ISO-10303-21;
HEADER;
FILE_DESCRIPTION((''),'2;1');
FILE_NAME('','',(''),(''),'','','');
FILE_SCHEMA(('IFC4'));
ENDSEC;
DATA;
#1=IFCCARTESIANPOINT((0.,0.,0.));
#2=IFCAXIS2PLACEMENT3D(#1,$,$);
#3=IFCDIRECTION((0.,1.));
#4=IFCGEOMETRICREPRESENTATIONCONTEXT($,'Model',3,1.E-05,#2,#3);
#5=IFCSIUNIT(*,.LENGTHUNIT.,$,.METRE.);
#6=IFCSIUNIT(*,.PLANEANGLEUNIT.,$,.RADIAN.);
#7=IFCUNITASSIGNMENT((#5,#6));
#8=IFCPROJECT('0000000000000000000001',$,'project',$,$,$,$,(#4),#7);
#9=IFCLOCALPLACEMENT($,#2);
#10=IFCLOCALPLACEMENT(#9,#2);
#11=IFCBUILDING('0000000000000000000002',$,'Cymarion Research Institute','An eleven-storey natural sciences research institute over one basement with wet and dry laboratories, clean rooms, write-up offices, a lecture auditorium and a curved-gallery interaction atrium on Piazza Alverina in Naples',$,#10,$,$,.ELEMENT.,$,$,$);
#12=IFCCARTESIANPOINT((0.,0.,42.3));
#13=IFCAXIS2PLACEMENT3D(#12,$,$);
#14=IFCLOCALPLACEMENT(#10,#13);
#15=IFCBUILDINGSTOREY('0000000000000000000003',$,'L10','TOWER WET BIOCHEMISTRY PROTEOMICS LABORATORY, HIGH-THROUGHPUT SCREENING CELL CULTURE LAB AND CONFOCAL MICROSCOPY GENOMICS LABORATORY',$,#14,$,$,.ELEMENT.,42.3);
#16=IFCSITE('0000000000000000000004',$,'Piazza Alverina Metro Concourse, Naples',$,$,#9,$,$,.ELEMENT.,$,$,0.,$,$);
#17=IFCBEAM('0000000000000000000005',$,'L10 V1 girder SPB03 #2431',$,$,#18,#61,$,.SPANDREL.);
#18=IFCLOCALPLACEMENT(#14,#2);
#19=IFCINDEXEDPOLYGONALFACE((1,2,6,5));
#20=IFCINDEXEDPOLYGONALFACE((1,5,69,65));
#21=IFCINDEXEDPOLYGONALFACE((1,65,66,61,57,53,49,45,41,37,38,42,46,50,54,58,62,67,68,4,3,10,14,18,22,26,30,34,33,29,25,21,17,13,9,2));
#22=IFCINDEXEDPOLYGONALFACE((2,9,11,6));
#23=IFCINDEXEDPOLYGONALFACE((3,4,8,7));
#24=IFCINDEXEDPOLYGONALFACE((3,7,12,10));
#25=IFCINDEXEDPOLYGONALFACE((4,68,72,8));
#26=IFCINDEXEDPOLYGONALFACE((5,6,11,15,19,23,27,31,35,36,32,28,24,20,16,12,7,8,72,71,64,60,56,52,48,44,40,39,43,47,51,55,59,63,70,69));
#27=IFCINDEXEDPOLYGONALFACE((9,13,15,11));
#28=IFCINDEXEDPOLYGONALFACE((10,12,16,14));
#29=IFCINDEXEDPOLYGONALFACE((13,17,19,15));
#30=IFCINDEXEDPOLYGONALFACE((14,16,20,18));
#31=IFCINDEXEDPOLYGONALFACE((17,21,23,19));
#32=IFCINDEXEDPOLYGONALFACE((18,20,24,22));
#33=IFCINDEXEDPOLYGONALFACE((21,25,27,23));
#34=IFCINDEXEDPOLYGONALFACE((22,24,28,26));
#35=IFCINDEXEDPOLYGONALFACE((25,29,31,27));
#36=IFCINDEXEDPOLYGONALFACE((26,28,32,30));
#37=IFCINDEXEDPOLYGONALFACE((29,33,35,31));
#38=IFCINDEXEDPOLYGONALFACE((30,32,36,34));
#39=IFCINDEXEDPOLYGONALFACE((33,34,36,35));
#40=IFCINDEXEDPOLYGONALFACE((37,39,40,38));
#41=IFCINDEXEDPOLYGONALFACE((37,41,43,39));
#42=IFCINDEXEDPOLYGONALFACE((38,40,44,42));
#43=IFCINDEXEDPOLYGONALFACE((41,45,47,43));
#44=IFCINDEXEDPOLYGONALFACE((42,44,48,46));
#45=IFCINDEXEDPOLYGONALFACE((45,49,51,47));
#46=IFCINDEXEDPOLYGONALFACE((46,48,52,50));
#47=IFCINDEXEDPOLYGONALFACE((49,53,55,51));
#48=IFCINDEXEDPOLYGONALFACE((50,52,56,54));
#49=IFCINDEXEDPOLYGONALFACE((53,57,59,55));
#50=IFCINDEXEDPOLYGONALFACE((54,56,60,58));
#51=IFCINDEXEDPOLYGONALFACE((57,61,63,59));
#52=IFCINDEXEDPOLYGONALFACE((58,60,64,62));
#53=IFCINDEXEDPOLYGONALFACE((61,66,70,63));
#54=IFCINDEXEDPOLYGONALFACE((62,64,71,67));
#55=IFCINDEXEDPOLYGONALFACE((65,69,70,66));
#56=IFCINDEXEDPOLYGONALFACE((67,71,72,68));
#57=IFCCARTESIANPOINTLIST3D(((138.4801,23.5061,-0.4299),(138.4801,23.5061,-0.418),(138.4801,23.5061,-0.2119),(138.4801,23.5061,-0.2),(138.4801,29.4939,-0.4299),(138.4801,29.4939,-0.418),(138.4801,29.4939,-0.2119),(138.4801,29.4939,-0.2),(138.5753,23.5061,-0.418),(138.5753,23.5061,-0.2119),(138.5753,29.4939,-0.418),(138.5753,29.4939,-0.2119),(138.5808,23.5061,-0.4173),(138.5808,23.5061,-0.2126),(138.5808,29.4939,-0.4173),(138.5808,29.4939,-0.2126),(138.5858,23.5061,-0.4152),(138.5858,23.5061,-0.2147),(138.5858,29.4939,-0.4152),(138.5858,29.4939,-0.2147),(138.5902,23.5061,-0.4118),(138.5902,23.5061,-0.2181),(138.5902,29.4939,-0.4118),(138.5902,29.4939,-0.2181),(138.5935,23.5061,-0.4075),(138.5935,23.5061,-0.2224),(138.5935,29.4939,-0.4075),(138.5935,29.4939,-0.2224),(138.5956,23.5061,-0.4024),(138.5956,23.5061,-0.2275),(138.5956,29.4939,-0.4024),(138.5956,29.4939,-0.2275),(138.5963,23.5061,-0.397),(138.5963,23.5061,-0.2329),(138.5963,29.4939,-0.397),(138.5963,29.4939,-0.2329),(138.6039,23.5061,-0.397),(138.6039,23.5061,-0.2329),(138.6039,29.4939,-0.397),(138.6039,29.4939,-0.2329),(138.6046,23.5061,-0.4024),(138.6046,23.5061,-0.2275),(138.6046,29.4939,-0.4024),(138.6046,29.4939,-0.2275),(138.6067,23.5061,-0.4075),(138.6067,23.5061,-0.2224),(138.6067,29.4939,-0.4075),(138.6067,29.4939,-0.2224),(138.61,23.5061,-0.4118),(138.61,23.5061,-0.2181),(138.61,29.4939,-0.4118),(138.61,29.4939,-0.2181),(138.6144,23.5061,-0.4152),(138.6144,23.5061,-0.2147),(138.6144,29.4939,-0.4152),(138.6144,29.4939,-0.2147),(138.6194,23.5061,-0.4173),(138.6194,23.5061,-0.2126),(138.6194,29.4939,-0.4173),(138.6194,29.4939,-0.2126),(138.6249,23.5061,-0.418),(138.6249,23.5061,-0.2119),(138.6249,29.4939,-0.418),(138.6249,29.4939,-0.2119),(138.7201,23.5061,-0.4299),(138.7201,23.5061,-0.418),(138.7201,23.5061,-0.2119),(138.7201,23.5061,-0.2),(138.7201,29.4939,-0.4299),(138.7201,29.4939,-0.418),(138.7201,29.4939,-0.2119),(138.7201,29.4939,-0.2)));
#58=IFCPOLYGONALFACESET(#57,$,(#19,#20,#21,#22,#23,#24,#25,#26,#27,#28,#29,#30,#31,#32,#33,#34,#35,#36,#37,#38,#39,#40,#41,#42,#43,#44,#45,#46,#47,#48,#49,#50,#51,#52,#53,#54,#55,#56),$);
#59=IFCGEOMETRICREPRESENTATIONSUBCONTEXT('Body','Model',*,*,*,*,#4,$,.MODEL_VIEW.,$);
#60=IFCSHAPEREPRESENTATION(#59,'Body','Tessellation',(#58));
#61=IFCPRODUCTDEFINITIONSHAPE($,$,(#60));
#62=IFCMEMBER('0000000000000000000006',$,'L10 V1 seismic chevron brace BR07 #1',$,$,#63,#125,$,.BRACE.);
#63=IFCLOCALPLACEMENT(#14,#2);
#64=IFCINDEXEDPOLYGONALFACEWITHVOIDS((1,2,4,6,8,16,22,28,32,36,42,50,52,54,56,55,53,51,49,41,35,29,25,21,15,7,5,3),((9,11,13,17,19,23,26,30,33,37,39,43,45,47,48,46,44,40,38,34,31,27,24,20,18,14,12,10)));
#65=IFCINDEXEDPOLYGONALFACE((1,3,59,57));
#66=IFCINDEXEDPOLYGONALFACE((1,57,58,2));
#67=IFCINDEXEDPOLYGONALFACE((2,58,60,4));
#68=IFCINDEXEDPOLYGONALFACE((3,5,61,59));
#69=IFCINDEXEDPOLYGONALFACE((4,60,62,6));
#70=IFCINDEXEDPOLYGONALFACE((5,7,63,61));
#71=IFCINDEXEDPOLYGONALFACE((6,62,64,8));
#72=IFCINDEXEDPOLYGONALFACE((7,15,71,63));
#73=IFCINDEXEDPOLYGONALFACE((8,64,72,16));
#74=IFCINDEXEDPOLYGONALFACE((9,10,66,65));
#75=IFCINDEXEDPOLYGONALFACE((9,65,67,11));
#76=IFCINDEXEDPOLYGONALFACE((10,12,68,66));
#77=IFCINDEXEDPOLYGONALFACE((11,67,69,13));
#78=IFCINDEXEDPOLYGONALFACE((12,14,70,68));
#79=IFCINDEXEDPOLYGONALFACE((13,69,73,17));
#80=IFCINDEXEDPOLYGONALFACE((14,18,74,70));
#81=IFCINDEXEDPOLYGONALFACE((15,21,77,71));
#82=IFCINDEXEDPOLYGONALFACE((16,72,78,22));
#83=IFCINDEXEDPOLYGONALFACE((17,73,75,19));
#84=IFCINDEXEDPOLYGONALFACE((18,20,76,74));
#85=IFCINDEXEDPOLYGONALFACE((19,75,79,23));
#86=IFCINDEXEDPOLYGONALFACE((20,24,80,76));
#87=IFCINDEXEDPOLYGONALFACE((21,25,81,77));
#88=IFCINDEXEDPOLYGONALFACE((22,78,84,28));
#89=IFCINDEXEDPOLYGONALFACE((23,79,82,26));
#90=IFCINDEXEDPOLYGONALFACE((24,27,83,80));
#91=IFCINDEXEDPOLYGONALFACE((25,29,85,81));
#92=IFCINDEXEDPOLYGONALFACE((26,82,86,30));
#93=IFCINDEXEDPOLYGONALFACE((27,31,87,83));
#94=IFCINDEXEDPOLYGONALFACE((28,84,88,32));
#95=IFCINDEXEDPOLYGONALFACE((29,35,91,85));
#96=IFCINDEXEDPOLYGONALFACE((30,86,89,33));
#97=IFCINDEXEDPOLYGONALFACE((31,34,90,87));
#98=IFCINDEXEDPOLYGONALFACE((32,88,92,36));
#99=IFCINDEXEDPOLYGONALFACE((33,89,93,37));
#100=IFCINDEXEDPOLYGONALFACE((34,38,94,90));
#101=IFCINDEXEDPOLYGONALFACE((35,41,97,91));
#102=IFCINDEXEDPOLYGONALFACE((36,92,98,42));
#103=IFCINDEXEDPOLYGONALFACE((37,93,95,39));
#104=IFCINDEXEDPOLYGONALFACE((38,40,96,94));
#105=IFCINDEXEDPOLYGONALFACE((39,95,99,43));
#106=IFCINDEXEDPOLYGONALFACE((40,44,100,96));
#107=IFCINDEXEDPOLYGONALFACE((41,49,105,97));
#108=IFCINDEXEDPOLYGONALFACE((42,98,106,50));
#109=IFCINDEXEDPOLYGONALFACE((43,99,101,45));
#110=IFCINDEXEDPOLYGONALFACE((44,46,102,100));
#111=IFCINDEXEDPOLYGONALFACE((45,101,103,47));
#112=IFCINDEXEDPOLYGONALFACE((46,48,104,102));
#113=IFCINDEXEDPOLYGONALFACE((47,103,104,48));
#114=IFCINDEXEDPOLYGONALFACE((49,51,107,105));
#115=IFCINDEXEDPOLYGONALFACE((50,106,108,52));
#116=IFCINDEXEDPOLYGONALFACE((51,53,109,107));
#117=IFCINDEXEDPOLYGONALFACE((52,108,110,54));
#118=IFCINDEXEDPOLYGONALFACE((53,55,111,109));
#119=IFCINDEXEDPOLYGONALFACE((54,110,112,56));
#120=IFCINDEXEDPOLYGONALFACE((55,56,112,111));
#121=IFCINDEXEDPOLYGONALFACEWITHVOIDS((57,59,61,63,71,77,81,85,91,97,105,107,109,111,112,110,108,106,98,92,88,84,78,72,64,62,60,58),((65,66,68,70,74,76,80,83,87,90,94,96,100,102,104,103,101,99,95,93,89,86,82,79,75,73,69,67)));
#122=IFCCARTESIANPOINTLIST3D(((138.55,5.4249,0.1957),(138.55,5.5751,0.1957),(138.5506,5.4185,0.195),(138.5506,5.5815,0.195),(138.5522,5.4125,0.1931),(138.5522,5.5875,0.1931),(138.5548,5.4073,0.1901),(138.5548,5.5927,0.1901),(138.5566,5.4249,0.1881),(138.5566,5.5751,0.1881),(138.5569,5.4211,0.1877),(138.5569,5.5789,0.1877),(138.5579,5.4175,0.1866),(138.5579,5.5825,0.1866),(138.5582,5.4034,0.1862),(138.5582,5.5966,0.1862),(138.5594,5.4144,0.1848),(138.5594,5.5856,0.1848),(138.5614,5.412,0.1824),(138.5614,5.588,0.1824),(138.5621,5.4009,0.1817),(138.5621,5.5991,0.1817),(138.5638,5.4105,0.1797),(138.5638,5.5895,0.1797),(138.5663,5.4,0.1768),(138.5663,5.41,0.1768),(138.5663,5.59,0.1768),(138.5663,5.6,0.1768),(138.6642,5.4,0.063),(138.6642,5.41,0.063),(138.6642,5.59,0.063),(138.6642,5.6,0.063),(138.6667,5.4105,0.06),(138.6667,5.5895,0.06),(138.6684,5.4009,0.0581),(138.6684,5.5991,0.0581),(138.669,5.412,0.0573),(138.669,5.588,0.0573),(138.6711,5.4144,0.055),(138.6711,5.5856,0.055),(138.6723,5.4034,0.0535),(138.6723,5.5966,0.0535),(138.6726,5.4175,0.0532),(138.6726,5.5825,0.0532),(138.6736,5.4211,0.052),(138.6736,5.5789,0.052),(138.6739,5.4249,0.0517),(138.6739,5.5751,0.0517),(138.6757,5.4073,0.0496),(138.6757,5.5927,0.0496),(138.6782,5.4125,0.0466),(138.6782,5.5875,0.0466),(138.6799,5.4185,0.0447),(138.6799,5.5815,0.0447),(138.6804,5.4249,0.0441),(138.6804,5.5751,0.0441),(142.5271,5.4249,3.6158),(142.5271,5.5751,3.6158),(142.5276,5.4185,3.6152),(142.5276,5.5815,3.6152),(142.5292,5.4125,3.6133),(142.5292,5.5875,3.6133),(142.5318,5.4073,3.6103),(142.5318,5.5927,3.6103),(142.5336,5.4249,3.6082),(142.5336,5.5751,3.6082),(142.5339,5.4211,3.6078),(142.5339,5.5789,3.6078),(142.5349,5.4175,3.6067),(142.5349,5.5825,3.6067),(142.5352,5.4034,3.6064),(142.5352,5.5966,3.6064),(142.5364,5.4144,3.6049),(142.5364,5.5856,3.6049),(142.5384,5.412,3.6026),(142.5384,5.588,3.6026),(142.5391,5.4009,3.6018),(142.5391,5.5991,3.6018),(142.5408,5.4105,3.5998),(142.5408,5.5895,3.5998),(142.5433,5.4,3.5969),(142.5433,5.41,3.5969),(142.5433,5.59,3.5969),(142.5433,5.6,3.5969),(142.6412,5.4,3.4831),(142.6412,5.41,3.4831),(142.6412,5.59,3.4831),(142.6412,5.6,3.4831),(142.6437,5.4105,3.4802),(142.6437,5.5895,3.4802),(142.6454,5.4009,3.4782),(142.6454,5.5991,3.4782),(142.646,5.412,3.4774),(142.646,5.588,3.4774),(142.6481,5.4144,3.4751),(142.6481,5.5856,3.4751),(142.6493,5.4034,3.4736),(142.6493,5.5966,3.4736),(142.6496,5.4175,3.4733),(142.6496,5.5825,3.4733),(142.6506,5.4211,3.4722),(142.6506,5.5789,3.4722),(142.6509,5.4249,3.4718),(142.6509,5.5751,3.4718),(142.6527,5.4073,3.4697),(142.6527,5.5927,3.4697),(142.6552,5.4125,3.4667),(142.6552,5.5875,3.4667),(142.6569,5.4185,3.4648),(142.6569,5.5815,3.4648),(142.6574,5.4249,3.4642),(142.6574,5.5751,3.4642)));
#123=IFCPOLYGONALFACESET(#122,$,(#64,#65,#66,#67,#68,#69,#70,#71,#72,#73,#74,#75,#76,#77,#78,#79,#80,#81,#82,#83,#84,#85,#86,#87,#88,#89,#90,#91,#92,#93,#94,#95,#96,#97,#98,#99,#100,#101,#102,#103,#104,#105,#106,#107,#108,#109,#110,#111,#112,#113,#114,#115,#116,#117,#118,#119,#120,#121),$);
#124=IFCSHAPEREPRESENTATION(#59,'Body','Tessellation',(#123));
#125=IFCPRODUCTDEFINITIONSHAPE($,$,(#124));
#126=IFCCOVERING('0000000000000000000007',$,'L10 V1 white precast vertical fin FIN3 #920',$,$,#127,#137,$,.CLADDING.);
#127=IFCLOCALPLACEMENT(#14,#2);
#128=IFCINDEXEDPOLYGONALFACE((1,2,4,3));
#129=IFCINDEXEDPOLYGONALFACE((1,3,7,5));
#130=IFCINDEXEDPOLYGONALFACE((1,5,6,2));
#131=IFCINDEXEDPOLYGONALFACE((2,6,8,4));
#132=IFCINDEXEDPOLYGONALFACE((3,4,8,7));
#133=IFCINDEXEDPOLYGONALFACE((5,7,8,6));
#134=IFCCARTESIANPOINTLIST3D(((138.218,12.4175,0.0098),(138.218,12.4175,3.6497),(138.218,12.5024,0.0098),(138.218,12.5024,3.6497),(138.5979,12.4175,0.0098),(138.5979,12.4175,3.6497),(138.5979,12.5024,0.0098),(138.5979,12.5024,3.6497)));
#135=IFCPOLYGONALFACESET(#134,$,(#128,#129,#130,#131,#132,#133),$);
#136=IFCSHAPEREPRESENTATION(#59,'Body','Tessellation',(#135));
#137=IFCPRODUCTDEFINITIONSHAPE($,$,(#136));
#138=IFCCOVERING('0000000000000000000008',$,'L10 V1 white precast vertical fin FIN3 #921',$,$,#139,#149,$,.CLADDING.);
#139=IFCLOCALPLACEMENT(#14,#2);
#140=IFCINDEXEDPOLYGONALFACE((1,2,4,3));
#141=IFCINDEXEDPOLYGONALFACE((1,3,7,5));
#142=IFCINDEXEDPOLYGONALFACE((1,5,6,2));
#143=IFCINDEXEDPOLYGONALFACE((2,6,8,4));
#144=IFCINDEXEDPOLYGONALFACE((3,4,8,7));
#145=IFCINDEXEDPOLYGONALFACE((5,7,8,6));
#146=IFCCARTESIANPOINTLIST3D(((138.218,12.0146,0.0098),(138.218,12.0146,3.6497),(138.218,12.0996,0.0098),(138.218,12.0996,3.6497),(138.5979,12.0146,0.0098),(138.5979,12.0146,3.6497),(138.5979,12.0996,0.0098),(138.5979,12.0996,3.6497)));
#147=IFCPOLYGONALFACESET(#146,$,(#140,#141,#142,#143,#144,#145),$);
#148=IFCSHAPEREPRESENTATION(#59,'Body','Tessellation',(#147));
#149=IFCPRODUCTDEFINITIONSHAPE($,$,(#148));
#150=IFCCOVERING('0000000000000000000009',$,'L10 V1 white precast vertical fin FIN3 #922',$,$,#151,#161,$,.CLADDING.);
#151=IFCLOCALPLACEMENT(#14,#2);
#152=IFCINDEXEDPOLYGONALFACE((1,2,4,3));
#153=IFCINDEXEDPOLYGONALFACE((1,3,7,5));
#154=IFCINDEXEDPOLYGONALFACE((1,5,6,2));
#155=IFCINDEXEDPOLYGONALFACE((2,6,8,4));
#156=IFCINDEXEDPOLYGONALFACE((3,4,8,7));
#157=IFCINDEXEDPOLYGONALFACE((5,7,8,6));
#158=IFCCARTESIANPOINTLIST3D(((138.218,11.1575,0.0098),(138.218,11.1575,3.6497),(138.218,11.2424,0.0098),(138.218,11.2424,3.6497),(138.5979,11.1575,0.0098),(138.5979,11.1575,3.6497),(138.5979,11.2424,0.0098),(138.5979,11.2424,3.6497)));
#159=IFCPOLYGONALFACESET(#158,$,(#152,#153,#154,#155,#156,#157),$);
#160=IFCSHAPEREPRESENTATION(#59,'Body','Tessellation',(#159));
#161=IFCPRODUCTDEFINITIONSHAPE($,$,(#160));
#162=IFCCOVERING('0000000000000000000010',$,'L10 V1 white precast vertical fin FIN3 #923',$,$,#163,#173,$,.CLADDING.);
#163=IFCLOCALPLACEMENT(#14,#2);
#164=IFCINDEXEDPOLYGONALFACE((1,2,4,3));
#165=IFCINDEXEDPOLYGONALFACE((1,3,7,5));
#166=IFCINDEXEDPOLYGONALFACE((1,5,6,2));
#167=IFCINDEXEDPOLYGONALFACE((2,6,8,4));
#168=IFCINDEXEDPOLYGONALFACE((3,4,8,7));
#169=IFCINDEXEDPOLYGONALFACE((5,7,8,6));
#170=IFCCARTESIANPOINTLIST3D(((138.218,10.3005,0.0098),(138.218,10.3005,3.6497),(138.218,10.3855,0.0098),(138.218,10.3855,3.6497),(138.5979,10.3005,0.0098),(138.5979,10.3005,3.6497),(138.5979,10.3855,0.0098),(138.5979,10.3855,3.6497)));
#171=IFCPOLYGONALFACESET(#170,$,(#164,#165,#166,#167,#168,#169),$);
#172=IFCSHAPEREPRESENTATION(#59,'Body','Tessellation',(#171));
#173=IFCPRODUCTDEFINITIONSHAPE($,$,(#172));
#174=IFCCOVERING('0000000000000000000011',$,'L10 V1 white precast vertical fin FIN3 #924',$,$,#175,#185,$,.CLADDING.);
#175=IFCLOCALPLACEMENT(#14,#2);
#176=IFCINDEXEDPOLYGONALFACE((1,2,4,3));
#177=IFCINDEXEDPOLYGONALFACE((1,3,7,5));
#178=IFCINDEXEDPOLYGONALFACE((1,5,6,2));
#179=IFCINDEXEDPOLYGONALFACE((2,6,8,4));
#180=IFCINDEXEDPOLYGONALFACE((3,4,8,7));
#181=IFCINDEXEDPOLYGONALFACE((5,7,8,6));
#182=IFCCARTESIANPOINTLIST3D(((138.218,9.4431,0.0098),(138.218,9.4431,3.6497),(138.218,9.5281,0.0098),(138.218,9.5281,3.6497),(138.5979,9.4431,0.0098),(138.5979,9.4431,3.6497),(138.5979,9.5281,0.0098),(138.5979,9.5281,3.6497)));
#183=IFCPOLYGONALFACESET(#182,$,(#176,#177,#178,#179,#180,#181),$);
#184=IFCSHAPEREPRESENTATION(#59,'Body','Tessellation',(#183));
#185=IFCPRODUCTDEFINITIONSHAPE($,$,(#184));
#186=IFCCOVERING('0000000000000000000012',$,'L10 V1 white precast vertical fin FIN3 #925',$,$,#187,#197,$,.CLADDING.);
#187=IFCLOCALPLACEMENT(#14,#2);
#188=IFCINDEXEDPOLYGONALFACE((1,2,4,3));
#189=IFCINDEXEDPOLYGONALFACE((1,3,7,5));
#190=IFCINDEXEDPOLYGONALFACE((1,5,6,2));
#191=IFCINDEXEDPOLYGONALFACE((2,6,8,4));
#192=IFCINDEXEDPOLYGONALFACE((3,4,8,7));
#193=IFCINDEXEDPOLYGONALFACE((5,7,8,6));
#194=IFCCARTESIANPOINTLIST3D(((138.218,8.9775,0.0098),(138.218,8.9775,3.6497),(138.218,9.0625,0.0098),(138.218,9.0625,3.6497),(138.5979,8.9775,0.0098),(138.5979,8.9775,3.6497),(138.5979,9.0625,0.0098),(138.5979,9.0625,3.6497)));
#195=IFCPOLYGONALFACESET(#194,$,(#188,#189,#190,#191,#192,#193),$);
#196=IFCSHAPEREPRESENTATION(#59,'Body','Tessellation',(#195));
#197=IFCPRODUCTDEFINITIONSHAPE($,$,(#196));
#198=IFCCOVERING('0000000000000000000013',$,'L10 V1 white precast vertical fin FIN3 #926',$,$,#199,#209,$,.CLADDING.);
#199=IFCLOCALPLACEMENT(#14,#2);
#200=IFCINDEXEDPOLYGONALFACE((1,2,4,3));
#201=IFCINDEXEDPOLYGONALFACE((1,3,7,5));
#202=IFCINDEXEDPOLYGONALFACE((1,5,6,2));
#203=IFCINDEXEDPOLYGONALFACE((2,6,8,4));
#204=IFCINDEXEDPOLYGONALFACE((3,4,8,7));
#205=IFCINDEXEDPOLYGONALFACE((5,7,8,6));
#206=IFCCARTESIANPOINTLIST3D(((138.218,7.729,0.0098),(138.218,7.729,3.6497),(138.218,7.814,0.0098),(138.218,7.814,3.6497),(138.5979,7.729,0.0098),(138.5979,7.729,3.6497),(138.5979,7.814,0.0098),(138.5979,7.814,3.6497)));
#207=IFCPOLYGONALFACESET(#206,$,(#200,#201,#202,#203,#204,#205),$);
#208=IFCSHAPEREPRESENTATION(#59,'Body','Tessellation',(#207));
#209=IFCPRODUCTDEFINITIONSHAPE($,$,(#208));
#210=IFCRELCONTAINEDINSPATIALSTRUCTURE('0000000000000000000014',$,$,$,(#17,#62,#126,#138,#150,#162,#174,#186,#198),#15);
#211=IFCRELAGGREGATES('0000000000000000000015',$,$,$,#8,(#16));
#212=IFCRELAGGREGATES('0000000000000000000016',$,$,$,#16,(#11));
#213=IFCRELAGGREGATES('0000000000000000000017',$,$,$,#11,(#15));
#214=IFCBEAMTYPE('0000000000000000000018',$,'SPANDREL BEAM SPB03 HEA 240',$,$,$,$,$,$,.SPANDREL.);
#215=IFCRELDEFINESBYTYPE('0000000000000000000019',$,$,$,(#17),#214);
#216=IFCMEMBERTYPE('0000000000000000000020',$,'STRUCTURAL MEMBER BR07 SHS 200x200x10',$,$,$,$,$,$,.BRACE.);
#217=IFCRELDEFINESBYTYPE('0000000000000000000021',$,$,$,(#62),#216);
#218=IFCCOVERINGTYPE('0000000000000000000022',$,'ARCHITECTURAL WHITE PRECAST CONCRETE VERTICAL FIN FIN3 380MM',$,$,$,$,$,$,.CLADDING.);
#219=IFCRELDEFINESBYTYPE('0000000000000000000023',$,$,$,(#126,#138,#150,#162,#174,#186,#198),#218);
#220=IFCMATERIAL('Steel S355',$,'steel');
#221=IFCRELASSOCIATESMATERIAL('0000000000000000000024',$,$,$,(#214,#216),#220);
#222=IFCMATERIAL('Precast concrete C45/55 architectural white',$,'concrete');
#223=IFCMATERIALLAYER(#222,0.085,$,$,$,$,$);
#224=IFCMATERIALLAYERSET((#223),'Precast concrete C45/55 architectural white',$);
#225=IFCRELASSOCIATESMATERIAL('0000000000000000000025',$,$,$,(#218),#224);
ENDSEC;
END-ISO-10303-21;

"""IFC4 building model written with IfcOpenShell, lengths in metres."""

from ifc_helpers import new_model, si_unit, direction, frame, origin, origin_2d, place, context, subcontext, project, spatial, rectangle, hollow_rectangle, i_section, extrude, material, layer, layer_set, material_profile, profile_set, type_object, element, save


model = new_model("IFC4")

# Units and contexts
model_context = context("Model", 3, precision=1e-05, world=origin(), true_north=direction((0.0, 1.0)))
body_context = subcontext(model_context, "Body", "Model", "MODEL_VIEW")
ifc_project = project(units=[si_unit("LENGTHUNIT", "METRE"), si_unit("PLANEANGLEUNIT", "RADIAN")], contexts=[model_context])

# Site, building, storey
site_placement = place(None, origin())
site = spatial("IfcSite", under=ifc_project, at=site_placement, Name="Piazza Alverina Metro Concourse, Naples", CompositionType="ELEMENT", RefElevation=0.0)
building_placement = place(site_placement, origin())
building = spatial("IfcBuilding", under=site, at=building_placement, Name="Cymarion Research Institute", Description="An eleven-storey natural sciences research institute over one basement with wet and dry laboratories, clean rooms, write-up offices, a lecture auditorium and a curved-gallery interaction atrium on Piazza Alverina in Naples", CompositionType="ELEMENT")
storey_placement = place(building_placement, frame((0.0, 0.0, 42.3)))
storey = spatial("IfcBuildingStorey", under=building, at=storey_placement, Name="L10", Description="TOWER WET BIOCHEMISTRY PROTEOMICS LABORATORY, HIGH-THROUGHPUT SCREENING CELL CULTURE LAB AND CONFOCAL MICROSCOPY GENOMICS LABORATORY", CompositionType="ELEMENT", Elevation=42.3)

# Shared definitions
ifc_material_1 = material(Name="Steel S355", Category="steel")

# Beam
ifc_material_profile_1 = material_profile(ifc_material_1, i_section(OverallWidth=0.24, OverallDepth=0.23, WebThickness=0.0076, FlangeThickness=0.012, FilletRadius=0.021, at=origin_2d()), Name="HEA 240")
ifc_profile_set_1 = profile_set([ifc_material_profile_1], Name="Steel S355")
beam_type_1 = type_object("IfcBeamType", Name="SPANDREL BEAM SPB03 HEA 240", PredefinedType="SPANDREL", material=ifc_profile_set_1)
for number, where, z_axis, x_axis, name in (
    (1, (138.6001, 23.5061, -0.3149), (0.0, 1.0, 0.0), (-1.0, 0.0, 0.0), "L10 V1 girder SPB03 #2431"),
):
    element("IfcBeam", number, at=place(storey_placement, frame(where, z_axis=z_axis, x_axis=x_axis)), inside=storey, type_object=beam_type_1, Name=name, PredefinedType="SPANDREL", context=body_context, shape_type="SweptSolid", body=[
        extrude(i_section(OverallWidth=0.24, OverallDepth=0.23, WebThickness=0.0076, FlangeThickness=0.012, FilletRadius=0.021, at=origin_2d()), origin(), (0.0, 0.0, 1.0), 5.9878),
    ])

# Member
ifc_material_profile_2 = material_profile(ifc_material_1, hollow_rectangle(XDim=0.2, YDim=0.2, WallThickness=0.01, InnerFilletRadius=0.0149, OuterFilletRadius=0.0249, at=origin_2d()), Name="SHS 200x200x10")
ifc_profile_set_2 = profile_set([ifc_material_profile_2], Name="Steel S355")
member_type = type_object("IfcMemberType", Name="STRUCTURAL MEMBER BR07 SHS 200x200x10", PredefinedType="BRACE", material=ifc_profile_set_2)
member_placement = place(storey_placement, frame((138.6152, 5.5, 0.1199), z_axis=(0.758194, 0.0, 0.652029), x_axis=(0.0, 1.0, 0.0)))
element("IfcMember", 2, at=member_placement, inside=storey, type_object=member_type, Name="L10 V1 seismic chevron brace BR07 #1", PredefinedType="BRACE", context=body_context, shape_type="SweptSolid", body=[
    extrude(hollow_rectangle(XDim=0.2, YDim=0.2, WallThickness=0.01, InnerFilletRadius=0.0149, OuterFilletRadius=0.0249, at=origin_2d()), origin(), (0.0, 0.0, 1.0), 5.2454),
])

# Coverings
ifc_material_2 = material(Name="Precast concrete C45/55 architectural white", Category="concrete")
ifc_layer = layer(ifc_material_2, 0.085)
ifc_layer_set = layer_set([ifc_layer], Name="Precast concrete C45/55 architectural white")
covering_type = type_object("IfcCoveringType", Name="ARCHITECTURAL WHITE PRECAST CONCRETE VERTICAL FIN FIN3 380MM", PredefinedType="CLADDING", material=ifc_layer_set)
for number, where, z_axis, x_axis, name in (
    (3, (138.408, 12.46, 0.0098), (0.0, 0.0, 1.0), (-1.0, 0.0, 0.0), "L10 V1 white precast vertical fin FIN3 #920"),
    (4, (138.408, 12.0571, 0.0098), (0.0, 0.0, 1.0), (-1.0, 0.0, 0.0), "L10 V1 white precast vertical fin FIN3 #921"),
    (5, (138.408, 11.2, 0.0098), (0.0, 0.0, 1.0), (-1.0, 0.0, 0.0), "L10 V1 white precast vertical fin FIN3 #922"),
    (6, (138.408, 10.343, 0.0098), (0.0, 0.0, 1.0), (-1.0, 0.0, 0.0), "L10 V1 white precast vertical fin FIN3 #923"),
    (7, (138.408, 9.4856, 0.0098), (0.0, 0.0, 1.0), (-1.0, 0.0, 0.0), "L10 V1 white precast vertical fin FIN3 #924"),
    (8, (138.408, 9.02, 0.0098), (0.0, 0.0, 1.0), (-1.0, 0.0, 0.0), "L10 V1 white precast vertical fin FIN3 #925"),
    (9, (138.408, 7.7715, 0.0098), (0.0, 0.0, 1.0), (-1.0, 0.0, 0.0), "L10 V1 white precast vertical fin FIN3 #926"),
):
    element("IfcCovering", number, at=place(storey_placement, frame(where, z_axis=z_axis, x_axis=x_axis)), inside=storey, type_object=covering_type, Name=name, PredefinedType="CLADDING", context=body_context, shape_type="SweptSolid", body=[
        extrude(rectangle(XDim=0.3799, YDim=0.085, at=origin_2d()), origin(), (0.0, 0.0, 1.0), 3.6399),
    ])

save(model, "model.ifc")
